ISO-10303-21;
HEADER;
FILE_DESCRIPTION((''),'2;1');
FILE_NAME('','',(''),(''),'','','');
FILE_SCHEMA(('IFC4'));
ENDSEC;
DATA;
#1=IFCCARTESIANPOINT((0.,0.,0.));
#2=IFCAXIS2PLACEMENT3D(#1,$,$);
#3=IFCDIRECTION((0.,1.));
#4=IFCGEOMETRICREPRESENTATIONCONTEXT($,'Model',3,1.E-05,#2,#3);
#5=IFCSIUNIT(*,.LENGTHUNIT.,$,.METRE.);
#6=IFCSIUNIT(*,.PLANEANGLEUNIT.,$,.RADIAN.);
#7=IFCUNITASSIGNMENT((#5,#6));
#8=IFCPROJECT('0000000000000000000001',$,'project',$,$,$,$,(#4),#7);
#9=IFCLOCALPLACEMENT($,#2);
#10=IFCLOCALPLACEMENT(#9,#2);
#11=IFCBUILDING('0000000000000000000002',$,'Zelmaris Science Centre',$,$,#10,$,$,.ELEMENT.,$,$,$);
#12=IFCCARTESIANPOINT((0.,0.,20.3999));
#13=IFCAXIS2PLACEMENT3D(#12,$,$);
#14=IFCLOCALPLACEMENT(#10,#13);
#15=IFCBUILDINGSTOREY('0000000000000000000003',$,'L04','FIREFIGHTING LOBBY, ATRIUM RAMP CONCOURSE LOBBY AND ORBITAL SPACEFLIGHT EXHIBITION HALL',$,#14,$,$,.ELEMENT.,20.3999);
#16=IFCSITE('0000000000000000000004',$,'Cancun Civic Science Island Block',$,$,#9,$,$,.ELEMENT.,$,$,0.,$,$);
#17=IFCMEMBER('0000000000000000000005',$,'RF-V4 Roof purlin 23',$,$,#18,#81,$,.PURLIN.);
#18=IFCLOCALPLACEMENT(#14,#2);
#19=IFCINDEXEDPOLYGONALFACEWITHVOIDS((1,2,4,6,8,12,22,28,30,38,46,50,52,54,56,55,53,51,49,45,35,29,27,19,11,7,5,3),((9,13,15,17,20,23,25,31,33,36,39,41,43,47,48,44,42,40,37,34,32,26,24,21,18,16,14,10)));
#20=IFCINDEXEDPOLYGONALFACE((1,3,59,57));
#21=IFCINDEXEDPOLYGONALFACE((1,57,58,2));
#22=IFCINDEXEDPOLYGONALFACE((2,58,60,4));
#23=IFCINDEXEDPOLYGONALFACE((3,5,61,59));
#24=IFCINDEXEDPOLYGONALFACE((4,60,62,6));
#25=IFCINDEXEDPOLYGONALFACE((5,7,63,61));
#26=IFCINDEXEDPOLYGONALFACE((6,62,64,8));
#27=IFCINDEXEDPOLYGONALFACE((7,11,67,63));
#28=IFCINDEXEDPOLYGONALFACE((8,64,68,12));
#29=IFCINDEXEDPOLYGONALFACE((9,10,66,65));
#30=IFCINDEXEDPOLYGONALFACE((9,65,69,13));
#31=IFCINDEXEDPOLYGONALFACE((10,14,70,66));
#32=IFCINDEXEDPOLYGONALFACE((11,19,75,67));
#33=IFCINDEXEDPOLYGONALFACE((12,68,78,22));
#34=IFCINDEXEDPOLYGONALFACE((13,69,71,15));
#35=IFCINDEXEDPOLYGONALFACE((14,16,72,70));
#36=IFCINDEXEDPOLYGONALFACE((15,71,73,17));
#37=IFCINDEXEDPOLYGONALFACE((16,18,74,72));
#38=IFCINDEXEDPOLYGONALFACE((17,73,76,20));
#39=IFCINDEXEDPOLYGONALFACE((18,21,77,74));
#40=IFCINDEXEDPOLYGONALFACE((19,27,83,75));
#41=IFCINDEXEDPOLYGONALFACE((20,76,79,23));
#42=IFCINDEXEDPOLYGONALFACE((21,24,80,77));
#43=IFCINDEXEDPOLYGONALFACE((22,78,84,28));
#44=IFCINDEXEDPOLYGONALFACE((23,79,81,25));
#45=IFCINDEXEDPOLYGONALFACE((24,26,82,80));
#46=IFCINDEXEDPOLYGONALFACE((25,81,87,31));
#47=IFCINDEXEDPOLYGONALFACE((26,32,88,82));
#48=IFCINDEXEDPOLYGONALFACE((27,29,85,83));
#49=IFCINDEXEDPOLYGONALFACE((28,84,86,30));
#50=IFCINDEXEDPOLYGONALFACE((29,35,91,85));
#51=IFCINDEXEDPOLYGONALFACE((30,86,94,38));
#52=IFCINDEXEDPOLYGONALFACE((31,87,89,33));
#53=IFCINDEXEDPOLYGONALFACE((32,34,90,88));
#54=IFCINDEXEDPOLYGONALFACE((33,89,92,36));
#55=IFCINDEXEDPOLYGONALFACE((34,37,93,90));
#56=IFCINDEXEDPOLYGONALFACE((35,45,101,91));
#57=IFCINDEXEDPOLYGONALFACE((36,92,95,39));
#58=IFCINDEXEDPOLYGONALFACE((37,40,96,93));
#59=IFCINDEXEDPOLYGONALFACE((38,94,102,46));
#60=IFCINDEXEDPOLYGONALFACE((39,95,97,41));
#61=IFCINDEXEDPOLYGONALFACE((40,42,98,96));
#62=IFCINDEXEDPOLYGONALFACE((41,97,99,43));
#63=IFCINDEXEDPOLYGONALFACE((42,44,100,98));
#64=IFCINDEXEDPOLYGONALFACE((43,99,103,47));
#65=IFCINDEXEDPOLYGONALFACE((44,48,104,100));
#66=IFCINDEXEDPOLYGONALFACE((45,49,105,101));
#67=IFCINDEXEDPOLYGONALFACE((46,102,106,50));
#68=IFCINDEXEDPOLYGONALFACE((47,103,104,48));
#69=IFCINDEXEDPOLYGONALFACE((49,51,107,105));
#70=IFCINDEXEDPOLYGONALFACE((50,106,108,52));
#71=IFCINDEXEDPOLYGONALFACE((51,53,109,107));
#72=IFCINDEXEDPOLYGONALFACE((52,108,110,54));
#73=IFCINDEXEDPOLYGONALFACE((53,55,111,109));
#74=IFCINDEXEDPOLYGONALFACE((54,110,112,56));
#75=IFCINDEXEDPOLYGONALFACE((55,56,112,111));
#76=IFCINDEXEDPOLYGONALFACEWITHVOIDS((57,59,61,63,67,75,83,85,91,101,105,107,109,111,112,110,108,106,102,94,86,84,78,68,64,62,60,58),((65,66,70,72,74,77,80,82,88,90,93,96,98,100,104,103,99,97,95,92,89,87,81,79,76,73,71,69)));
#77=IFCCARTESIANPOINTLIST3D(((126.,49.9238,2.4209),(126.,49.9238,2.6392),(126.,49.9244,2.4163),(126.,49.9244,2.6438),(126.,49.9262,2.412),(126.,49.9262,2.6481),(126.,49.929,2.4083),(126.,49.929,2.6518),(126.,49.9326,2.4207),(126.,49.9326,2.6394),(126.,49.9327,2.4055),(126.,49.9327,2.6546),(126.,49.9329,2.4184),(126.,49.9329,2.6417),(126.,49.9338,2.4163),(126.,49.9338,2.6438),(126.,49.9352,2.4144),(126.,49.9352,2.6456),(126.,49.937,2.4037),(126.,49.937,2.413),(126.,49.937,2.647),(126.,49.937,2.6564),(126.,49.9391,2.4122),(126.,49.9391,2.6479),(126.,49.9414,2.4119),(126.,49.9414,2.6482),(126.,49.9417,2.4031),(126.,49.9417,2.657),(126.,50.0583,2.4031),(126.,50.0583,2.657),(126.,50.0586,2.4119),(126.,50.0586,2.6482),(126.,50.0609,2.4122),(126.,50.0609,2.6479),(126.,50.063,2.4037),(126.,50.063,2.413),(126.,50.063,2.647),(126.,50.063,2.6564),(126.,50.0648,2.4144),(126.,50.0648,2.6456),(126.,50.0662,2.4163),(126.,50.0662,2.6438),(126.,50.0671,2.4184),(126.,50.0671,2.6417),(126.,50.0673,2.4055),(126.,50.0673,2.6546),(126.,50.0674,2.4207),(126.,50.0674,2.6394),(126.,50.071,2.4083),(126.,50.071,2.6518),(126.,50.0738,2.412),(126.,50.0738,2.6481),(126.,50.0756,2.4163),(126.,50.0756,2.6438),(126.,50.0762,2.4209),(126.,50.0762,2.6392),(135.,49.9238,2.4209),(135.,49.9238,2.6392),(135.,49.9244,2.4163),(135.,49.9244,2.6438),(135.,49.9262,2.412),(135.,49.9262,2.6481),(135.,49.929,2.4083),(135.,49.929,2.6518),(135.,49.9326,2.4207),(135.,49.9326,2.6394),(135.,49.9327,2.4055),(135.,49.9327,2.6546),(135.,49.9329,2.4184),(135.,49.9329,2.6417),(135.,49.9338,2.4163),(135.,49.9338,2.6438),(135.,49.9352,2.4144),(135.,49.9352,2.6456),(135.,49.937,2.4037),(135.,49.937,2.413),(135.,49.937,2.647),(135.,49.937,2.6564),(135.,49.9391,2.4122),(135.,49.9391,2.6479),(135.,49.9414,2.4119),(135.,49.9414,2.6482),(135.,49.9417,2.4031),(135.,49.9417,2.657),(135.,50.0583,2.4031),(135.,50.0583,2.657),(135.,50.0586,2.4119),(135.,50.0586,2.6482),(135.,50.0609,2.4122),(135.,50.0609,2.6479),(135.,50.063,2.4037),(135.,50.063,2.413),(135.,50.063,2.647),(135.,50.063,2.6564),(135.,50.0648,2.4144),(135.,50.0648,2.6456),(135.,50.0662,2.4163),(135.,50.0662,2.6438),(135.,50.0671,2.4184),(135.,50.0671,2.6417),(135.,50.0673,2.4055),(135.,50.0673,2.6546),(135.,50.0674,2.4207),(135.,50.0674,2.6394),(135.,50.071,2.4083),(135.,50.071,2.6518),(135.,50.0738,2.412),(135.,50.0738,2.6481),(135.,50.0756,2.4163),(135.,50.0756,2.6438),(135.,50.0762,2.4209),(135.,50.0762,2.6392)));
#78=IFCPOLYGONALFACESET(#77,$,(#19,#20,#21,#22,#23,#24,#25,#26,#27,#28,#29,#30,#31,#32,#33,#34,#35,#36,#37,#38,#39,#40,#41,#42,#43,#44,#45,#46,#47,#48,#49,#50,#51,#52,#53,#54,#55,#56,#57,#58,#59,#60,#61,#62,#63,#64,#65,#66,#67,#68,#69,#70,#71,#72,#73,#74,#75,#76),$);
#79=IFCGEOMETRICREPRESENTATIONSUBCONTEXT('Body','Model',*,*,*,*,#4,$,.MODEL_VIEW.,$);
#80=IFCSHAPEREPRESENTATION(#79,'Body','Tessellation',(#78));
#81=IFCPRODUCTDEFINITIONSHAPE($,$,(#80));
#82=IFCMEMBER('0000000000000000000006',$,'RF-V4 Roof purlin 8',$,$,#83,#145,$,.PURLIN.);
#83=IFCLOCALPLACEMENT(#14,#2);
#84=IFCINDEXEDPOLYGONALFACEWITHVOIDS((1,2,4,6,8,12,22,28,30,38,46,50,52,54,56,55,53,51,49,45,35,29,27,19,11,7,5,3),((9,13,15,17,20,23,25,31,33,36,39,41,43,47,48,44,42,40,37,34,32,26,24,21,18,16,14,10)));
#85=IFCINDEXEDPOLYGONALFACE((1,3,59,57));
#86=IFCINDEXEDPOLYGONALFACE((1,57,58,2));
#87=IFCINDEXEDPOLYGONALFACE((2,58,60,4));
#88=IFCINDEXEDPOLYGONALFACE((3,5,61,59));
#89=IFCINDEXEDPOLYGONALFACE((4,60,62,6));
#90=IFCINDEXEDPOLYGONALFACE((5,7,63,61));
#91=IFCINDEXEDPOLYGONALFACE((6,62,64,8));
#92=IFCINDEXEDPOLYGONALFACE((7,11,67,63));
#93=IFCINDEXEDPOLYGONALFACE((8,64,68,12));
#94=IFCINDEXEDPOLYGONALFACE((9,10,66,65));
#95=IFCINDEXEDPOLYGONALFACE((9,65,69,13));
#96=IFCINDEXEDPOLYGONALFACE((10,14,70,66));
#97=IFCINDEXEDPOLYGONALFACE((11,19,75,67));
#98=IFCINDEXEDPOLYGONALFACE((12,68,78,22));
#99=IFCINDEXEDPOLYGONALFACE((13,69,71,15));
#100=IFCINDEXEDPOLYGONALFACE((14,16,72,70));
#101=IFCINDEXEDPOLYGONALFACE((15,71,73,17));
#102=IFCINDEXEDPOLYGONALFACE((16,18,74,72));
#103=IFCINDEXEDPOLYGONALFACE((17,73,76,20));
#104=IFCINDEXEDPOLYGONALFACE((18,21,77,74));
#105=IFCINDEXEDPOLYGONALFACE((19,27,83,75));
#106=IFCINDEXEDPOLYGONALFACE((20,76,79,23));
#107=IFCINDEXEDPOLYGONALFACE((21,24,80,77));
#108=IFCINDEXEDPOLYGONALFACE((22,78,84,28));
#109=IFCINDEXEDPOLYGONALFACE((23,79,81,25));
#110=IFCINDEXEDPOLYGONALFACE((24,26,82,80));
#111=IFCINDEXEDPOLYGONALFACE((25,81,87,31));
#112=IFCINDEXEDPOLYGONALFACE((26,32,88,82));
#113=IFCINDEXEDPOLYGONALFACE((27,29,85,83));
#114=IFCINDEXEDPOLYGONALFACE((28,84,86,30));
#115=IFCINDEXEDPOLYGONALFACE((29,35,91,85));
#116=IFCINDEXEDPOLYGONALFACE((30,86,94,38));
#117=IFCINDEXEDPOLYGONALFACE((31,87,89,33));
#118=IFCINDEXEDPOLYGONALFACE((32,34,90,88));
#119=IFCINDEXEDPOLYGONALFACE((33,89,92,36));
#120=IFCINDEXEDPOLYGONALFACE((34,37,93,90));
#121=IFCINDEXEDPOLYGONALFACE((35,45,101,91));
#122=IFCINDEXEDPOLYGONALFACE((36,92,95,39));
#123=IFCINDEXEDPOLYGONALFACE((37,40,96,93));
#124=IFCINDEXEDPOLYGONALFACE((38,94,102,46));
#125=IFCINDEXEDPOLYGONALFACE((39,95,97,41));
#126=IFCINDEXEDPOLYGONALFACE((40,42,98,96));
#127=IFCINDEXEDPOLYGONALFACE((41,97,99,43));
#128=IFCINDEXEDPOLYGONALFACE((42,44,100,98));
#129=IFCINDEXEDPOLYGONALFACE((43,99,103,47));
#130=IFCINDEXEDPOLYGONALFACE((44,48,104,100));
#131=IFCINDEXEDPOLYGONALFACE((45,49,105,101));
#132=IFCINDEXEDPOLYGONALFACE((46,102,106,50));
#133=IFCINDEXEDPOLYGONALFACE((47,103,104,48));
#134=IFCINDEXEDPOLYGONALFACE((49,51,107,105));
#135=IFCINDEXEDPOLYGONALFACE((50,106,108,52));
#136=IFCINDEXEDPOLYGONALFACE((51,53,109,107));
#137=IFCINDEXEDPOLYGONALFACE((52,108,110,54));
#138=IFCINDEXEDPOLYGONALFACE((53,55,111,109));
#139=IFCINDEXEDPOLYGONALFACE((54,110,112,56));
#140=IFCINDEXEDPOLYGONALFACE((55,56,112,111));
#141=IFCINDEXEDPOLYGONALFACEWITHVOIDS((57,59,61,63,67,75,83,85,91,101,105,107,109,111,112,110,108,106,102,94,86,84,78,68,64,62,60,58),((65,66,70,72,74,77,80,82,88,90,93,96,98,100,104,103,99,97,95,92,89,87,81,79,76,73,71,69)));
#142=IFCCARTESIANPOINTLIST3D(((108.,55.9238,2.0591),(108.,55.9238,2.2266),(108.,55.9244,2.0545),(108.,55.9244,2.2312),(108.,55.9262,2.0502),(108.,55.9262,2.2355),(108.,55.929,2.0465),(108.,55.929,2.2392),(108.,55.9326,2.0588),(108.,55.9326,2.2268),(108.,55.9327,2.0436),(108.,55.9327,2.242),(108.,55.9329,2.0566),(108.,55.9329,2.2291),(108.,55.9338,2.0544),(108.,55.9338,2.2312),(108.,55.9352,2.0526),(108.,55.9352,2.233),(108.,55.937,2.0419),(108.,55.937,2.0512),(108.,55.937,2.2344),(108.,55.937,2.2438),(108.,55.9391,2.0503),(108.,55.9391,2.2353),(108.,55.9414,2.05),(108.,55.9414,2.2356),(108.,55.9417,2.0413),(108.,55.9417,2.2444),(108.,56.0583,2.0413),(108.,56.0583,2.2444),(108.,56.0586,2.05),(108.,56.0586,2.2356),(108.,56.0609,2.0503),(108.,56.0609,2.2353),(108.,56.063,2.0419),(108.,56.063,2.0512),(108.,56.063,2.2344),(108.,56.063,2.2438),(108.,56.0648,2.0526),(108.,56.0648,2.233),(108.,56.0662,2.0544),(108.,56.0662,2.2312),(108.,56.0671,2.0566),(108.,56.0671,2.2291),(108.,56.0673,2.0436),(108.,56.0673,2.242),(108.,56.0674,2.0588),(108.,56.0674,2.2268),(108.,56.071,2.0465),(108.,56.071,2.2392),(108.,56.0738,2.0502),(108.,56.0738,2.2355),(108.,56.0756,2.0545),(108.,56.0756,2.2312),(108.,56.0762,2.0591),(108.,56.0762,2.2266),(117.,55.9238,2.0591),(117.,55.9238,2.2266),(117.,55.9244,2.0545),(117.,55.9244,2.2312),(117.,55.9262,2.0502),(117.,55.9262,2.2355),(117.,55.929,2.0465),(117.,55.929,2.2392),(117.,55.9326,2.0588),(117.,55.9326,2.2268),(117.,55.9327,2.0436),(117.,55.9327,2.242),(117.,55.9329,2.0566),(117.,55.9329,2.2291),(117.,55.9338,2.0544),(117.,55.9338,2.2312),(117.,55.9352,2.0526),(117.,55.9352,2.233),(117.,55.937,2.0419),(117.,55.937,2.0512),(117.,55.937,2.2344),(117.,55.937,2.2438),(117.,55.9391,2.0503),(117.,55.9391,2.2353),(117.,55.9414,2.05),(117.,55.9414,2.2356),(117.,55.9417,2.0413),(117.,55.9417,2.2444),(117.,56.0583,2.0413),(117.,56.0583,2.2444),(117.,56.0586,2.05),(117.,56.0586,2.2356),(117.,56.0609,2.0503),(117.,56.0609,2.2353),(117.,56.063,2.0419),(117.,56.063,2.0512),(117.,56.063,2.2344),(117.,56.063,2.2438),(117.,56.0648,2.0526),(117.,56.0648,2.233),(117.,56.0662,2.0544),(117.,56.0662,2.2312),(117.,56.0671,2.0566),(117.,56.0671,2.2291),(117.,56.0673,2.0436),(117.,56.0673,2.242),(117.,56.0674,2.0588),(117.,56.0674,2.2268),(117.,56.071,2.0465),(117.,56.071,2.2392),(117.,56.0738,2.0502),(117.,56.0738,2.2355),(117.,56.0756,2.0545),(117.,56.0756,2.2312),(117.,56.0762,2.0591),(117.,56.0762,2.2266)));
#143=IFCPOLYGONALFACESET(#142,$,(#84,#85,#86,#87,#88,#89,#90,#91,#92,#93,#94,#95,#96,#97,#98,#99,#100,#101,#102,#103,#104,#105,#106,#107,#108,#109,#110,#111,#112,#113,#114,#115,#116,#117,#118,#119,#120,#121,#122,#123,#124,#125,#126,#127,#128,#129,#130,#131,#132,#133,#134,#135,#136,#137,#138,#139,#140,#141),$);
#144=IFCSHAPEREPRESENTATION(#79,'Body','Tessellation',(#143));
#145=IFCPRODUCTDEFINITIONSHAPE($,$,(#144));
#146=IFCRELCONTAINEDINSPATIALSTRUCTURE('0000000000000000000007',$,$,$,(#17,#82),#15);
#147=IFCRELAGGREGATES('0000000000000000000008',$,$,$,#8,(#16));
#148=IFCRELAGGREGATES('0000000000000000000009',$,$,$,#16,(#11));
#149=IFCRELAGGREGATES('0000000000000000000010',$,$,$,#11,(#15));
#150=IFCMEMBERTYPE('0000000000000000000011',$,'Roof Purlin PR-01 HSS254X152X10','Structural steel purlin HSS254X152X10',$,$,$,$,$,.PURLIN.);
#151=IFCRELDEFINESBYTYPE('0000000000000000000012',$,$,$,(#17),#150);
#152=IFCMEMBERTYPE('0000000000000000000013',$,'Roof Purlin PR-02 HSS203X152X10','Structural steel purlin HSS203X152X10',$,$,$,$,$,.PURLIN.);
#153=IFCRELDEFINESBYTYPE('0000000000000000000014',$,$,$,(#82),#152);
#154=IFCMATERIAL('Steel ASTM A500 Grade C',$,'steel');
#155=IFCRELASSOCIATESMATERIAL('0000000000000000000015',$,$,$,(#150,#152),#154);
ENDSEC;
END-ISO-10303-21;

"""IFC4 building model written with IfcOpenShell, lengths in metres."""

from ifc_helpers import new_model, si_unit, direction, frame, origin, origin_2d, place, context, subcontext, project, spatial, hollow_rectangle, extrude, material, material_profile, profile_set, type_object, element, save


model = new_model("IFC4")

# Units and contexts
model_context = context("Model", 3, precision=1e-05, world=origin(), true_north=direction((0.0, 1.0)))
body_context = subcontext(model_context, "Body", "Model", "MODEL_VIEW")
ifc_project = project(units=[si_unit("LENGTHUNIT", "METRE"), si_unit("PLANEANGLEUNIT", "RADIAN")], contexts=[model_context])

# Site, building, storey
site_placement = place(None, origin())
site = spatial("IfcSite", under=ifc_project, at=site_placement, Name="Cancun Civic Science Island Block", CompositionType="ELEMENT", RefElevation=0.0)
building_placement = place(site_placement, origin())
building = spatial("IfcBuilding", under=site, at=building_placement, Name="Zelmaris Science Centre", CompositionType="ELEMENT")
storey_placement = place(building_placement, frame((0.0, 0.0, 20.3999)))
storey = spatial("IfcBuildingStorey", under=building, at=storey_placement, Name="L04", Description="FIREFIGHTING LOBBY, ATRIUM RAMP CONCOURSE LOBBY AND ORBITAL SPACEFLIGHT EXHIBITION HALL", CompositionType="ELEMENT", Elevation=20.3999)

# Members
ifc_material_1 = material(Name="Steel ASTM A500 Grade C", Category="steel")
ifc_material_profile_1 = material_profile(ifc_material_1, hollow_rectangle(XDim=0.1523, YDim=0.2539, WallThickness=0.0088, InnerFilletRadius=0.0088, OuterFilletRadius=0.0178, at=origin_2d()), Name="HSS254X152X10")
ifc_profile_set_1 = profile_set([ifc_material_profile_1], Name="Steel ASTM A500 Grade C")
member_type_1 = type_object("IfcMemberType", Name="Roof Purlin PR-01 HSS254X152X10", Description="Structural steel purlin HSS254X152X10", PredefinedType="PURLIN", material=ifc_profile_set_1)
for number, where, z_axis, x_axis, name in (
    (1, (126.0, 50.0, 2.53), (1.0, 0.0, 0.0), (0.0, 1.0, 0.0), "RF-V4 Roof purlin 23"),
):
    element("IfcMember", number, at=place(storey_placement, frame(where, z_axis=z_axis, x_axis=x_axis)), inside=storey, type_object=member_type_1, Name=name, PredefinedType="PURLIN", context=body_context, shape_type="SweptSolid", body=[
        extrude(hollow_rectangle(XDim=0.1523, YDim=0.2539, WallThickness=0.0088, InnerFilletRadius=0.0088, OuterFilletRadius=0.0178, at=origin_2d()), origin(), (0.0, 0.0, 1.0), 9.0),
    ])
ifc_material_profile_2 = material_profile(ifc_material_1, hollow_rectangle(XDim=0.1523, YDim=0.2031, WallThickness=0.0088, InnerFilletRadius=0.0088, OuterFilletRadius=0.0178, at=origin_2d()), Name="HSS203X152X10")
ifc_profile_set_2 = profile_set([ifc_material_profile_2], Name="Steel ASTM A500 Grade C")
member_type_2 = type_object("IfcMemberType", Name="Roof Purlin PR-02 HSS203X152X10", Description="Structural steel purlin HSS203X152X10", PredefinedType="PURLIN", material=ifc_profile_set_2)
for number, where, z_axis, x_axis, name in (
    (2, (108.0, 56.0, 2.1428), (1.0, 0.0, 0.0), (0.0, 1.0, 0.0), "RF-V4 Roof purlin 8"),
):
    element("IfcMember", number, at=place(storey_placement, frame(where, z_axis=z_axis, x_axis=x_axis)), inside=storey, type_object=member_type_2, Name=name, PredefinedType="PURLIN", context=body_context, shape_type="SweptSolid", body=[
        extrude(hollow_rectangle(XDim=0.1523, YDim=0.2031, WallThickness=0.0088, InnerFilletRadius=0.0088, OuterFilletRadius=0.0178, at=origin_2d()), origin(), (0.0, 0.0, 1.0), 9.0),
    ])

save(model, "model.ifc")
